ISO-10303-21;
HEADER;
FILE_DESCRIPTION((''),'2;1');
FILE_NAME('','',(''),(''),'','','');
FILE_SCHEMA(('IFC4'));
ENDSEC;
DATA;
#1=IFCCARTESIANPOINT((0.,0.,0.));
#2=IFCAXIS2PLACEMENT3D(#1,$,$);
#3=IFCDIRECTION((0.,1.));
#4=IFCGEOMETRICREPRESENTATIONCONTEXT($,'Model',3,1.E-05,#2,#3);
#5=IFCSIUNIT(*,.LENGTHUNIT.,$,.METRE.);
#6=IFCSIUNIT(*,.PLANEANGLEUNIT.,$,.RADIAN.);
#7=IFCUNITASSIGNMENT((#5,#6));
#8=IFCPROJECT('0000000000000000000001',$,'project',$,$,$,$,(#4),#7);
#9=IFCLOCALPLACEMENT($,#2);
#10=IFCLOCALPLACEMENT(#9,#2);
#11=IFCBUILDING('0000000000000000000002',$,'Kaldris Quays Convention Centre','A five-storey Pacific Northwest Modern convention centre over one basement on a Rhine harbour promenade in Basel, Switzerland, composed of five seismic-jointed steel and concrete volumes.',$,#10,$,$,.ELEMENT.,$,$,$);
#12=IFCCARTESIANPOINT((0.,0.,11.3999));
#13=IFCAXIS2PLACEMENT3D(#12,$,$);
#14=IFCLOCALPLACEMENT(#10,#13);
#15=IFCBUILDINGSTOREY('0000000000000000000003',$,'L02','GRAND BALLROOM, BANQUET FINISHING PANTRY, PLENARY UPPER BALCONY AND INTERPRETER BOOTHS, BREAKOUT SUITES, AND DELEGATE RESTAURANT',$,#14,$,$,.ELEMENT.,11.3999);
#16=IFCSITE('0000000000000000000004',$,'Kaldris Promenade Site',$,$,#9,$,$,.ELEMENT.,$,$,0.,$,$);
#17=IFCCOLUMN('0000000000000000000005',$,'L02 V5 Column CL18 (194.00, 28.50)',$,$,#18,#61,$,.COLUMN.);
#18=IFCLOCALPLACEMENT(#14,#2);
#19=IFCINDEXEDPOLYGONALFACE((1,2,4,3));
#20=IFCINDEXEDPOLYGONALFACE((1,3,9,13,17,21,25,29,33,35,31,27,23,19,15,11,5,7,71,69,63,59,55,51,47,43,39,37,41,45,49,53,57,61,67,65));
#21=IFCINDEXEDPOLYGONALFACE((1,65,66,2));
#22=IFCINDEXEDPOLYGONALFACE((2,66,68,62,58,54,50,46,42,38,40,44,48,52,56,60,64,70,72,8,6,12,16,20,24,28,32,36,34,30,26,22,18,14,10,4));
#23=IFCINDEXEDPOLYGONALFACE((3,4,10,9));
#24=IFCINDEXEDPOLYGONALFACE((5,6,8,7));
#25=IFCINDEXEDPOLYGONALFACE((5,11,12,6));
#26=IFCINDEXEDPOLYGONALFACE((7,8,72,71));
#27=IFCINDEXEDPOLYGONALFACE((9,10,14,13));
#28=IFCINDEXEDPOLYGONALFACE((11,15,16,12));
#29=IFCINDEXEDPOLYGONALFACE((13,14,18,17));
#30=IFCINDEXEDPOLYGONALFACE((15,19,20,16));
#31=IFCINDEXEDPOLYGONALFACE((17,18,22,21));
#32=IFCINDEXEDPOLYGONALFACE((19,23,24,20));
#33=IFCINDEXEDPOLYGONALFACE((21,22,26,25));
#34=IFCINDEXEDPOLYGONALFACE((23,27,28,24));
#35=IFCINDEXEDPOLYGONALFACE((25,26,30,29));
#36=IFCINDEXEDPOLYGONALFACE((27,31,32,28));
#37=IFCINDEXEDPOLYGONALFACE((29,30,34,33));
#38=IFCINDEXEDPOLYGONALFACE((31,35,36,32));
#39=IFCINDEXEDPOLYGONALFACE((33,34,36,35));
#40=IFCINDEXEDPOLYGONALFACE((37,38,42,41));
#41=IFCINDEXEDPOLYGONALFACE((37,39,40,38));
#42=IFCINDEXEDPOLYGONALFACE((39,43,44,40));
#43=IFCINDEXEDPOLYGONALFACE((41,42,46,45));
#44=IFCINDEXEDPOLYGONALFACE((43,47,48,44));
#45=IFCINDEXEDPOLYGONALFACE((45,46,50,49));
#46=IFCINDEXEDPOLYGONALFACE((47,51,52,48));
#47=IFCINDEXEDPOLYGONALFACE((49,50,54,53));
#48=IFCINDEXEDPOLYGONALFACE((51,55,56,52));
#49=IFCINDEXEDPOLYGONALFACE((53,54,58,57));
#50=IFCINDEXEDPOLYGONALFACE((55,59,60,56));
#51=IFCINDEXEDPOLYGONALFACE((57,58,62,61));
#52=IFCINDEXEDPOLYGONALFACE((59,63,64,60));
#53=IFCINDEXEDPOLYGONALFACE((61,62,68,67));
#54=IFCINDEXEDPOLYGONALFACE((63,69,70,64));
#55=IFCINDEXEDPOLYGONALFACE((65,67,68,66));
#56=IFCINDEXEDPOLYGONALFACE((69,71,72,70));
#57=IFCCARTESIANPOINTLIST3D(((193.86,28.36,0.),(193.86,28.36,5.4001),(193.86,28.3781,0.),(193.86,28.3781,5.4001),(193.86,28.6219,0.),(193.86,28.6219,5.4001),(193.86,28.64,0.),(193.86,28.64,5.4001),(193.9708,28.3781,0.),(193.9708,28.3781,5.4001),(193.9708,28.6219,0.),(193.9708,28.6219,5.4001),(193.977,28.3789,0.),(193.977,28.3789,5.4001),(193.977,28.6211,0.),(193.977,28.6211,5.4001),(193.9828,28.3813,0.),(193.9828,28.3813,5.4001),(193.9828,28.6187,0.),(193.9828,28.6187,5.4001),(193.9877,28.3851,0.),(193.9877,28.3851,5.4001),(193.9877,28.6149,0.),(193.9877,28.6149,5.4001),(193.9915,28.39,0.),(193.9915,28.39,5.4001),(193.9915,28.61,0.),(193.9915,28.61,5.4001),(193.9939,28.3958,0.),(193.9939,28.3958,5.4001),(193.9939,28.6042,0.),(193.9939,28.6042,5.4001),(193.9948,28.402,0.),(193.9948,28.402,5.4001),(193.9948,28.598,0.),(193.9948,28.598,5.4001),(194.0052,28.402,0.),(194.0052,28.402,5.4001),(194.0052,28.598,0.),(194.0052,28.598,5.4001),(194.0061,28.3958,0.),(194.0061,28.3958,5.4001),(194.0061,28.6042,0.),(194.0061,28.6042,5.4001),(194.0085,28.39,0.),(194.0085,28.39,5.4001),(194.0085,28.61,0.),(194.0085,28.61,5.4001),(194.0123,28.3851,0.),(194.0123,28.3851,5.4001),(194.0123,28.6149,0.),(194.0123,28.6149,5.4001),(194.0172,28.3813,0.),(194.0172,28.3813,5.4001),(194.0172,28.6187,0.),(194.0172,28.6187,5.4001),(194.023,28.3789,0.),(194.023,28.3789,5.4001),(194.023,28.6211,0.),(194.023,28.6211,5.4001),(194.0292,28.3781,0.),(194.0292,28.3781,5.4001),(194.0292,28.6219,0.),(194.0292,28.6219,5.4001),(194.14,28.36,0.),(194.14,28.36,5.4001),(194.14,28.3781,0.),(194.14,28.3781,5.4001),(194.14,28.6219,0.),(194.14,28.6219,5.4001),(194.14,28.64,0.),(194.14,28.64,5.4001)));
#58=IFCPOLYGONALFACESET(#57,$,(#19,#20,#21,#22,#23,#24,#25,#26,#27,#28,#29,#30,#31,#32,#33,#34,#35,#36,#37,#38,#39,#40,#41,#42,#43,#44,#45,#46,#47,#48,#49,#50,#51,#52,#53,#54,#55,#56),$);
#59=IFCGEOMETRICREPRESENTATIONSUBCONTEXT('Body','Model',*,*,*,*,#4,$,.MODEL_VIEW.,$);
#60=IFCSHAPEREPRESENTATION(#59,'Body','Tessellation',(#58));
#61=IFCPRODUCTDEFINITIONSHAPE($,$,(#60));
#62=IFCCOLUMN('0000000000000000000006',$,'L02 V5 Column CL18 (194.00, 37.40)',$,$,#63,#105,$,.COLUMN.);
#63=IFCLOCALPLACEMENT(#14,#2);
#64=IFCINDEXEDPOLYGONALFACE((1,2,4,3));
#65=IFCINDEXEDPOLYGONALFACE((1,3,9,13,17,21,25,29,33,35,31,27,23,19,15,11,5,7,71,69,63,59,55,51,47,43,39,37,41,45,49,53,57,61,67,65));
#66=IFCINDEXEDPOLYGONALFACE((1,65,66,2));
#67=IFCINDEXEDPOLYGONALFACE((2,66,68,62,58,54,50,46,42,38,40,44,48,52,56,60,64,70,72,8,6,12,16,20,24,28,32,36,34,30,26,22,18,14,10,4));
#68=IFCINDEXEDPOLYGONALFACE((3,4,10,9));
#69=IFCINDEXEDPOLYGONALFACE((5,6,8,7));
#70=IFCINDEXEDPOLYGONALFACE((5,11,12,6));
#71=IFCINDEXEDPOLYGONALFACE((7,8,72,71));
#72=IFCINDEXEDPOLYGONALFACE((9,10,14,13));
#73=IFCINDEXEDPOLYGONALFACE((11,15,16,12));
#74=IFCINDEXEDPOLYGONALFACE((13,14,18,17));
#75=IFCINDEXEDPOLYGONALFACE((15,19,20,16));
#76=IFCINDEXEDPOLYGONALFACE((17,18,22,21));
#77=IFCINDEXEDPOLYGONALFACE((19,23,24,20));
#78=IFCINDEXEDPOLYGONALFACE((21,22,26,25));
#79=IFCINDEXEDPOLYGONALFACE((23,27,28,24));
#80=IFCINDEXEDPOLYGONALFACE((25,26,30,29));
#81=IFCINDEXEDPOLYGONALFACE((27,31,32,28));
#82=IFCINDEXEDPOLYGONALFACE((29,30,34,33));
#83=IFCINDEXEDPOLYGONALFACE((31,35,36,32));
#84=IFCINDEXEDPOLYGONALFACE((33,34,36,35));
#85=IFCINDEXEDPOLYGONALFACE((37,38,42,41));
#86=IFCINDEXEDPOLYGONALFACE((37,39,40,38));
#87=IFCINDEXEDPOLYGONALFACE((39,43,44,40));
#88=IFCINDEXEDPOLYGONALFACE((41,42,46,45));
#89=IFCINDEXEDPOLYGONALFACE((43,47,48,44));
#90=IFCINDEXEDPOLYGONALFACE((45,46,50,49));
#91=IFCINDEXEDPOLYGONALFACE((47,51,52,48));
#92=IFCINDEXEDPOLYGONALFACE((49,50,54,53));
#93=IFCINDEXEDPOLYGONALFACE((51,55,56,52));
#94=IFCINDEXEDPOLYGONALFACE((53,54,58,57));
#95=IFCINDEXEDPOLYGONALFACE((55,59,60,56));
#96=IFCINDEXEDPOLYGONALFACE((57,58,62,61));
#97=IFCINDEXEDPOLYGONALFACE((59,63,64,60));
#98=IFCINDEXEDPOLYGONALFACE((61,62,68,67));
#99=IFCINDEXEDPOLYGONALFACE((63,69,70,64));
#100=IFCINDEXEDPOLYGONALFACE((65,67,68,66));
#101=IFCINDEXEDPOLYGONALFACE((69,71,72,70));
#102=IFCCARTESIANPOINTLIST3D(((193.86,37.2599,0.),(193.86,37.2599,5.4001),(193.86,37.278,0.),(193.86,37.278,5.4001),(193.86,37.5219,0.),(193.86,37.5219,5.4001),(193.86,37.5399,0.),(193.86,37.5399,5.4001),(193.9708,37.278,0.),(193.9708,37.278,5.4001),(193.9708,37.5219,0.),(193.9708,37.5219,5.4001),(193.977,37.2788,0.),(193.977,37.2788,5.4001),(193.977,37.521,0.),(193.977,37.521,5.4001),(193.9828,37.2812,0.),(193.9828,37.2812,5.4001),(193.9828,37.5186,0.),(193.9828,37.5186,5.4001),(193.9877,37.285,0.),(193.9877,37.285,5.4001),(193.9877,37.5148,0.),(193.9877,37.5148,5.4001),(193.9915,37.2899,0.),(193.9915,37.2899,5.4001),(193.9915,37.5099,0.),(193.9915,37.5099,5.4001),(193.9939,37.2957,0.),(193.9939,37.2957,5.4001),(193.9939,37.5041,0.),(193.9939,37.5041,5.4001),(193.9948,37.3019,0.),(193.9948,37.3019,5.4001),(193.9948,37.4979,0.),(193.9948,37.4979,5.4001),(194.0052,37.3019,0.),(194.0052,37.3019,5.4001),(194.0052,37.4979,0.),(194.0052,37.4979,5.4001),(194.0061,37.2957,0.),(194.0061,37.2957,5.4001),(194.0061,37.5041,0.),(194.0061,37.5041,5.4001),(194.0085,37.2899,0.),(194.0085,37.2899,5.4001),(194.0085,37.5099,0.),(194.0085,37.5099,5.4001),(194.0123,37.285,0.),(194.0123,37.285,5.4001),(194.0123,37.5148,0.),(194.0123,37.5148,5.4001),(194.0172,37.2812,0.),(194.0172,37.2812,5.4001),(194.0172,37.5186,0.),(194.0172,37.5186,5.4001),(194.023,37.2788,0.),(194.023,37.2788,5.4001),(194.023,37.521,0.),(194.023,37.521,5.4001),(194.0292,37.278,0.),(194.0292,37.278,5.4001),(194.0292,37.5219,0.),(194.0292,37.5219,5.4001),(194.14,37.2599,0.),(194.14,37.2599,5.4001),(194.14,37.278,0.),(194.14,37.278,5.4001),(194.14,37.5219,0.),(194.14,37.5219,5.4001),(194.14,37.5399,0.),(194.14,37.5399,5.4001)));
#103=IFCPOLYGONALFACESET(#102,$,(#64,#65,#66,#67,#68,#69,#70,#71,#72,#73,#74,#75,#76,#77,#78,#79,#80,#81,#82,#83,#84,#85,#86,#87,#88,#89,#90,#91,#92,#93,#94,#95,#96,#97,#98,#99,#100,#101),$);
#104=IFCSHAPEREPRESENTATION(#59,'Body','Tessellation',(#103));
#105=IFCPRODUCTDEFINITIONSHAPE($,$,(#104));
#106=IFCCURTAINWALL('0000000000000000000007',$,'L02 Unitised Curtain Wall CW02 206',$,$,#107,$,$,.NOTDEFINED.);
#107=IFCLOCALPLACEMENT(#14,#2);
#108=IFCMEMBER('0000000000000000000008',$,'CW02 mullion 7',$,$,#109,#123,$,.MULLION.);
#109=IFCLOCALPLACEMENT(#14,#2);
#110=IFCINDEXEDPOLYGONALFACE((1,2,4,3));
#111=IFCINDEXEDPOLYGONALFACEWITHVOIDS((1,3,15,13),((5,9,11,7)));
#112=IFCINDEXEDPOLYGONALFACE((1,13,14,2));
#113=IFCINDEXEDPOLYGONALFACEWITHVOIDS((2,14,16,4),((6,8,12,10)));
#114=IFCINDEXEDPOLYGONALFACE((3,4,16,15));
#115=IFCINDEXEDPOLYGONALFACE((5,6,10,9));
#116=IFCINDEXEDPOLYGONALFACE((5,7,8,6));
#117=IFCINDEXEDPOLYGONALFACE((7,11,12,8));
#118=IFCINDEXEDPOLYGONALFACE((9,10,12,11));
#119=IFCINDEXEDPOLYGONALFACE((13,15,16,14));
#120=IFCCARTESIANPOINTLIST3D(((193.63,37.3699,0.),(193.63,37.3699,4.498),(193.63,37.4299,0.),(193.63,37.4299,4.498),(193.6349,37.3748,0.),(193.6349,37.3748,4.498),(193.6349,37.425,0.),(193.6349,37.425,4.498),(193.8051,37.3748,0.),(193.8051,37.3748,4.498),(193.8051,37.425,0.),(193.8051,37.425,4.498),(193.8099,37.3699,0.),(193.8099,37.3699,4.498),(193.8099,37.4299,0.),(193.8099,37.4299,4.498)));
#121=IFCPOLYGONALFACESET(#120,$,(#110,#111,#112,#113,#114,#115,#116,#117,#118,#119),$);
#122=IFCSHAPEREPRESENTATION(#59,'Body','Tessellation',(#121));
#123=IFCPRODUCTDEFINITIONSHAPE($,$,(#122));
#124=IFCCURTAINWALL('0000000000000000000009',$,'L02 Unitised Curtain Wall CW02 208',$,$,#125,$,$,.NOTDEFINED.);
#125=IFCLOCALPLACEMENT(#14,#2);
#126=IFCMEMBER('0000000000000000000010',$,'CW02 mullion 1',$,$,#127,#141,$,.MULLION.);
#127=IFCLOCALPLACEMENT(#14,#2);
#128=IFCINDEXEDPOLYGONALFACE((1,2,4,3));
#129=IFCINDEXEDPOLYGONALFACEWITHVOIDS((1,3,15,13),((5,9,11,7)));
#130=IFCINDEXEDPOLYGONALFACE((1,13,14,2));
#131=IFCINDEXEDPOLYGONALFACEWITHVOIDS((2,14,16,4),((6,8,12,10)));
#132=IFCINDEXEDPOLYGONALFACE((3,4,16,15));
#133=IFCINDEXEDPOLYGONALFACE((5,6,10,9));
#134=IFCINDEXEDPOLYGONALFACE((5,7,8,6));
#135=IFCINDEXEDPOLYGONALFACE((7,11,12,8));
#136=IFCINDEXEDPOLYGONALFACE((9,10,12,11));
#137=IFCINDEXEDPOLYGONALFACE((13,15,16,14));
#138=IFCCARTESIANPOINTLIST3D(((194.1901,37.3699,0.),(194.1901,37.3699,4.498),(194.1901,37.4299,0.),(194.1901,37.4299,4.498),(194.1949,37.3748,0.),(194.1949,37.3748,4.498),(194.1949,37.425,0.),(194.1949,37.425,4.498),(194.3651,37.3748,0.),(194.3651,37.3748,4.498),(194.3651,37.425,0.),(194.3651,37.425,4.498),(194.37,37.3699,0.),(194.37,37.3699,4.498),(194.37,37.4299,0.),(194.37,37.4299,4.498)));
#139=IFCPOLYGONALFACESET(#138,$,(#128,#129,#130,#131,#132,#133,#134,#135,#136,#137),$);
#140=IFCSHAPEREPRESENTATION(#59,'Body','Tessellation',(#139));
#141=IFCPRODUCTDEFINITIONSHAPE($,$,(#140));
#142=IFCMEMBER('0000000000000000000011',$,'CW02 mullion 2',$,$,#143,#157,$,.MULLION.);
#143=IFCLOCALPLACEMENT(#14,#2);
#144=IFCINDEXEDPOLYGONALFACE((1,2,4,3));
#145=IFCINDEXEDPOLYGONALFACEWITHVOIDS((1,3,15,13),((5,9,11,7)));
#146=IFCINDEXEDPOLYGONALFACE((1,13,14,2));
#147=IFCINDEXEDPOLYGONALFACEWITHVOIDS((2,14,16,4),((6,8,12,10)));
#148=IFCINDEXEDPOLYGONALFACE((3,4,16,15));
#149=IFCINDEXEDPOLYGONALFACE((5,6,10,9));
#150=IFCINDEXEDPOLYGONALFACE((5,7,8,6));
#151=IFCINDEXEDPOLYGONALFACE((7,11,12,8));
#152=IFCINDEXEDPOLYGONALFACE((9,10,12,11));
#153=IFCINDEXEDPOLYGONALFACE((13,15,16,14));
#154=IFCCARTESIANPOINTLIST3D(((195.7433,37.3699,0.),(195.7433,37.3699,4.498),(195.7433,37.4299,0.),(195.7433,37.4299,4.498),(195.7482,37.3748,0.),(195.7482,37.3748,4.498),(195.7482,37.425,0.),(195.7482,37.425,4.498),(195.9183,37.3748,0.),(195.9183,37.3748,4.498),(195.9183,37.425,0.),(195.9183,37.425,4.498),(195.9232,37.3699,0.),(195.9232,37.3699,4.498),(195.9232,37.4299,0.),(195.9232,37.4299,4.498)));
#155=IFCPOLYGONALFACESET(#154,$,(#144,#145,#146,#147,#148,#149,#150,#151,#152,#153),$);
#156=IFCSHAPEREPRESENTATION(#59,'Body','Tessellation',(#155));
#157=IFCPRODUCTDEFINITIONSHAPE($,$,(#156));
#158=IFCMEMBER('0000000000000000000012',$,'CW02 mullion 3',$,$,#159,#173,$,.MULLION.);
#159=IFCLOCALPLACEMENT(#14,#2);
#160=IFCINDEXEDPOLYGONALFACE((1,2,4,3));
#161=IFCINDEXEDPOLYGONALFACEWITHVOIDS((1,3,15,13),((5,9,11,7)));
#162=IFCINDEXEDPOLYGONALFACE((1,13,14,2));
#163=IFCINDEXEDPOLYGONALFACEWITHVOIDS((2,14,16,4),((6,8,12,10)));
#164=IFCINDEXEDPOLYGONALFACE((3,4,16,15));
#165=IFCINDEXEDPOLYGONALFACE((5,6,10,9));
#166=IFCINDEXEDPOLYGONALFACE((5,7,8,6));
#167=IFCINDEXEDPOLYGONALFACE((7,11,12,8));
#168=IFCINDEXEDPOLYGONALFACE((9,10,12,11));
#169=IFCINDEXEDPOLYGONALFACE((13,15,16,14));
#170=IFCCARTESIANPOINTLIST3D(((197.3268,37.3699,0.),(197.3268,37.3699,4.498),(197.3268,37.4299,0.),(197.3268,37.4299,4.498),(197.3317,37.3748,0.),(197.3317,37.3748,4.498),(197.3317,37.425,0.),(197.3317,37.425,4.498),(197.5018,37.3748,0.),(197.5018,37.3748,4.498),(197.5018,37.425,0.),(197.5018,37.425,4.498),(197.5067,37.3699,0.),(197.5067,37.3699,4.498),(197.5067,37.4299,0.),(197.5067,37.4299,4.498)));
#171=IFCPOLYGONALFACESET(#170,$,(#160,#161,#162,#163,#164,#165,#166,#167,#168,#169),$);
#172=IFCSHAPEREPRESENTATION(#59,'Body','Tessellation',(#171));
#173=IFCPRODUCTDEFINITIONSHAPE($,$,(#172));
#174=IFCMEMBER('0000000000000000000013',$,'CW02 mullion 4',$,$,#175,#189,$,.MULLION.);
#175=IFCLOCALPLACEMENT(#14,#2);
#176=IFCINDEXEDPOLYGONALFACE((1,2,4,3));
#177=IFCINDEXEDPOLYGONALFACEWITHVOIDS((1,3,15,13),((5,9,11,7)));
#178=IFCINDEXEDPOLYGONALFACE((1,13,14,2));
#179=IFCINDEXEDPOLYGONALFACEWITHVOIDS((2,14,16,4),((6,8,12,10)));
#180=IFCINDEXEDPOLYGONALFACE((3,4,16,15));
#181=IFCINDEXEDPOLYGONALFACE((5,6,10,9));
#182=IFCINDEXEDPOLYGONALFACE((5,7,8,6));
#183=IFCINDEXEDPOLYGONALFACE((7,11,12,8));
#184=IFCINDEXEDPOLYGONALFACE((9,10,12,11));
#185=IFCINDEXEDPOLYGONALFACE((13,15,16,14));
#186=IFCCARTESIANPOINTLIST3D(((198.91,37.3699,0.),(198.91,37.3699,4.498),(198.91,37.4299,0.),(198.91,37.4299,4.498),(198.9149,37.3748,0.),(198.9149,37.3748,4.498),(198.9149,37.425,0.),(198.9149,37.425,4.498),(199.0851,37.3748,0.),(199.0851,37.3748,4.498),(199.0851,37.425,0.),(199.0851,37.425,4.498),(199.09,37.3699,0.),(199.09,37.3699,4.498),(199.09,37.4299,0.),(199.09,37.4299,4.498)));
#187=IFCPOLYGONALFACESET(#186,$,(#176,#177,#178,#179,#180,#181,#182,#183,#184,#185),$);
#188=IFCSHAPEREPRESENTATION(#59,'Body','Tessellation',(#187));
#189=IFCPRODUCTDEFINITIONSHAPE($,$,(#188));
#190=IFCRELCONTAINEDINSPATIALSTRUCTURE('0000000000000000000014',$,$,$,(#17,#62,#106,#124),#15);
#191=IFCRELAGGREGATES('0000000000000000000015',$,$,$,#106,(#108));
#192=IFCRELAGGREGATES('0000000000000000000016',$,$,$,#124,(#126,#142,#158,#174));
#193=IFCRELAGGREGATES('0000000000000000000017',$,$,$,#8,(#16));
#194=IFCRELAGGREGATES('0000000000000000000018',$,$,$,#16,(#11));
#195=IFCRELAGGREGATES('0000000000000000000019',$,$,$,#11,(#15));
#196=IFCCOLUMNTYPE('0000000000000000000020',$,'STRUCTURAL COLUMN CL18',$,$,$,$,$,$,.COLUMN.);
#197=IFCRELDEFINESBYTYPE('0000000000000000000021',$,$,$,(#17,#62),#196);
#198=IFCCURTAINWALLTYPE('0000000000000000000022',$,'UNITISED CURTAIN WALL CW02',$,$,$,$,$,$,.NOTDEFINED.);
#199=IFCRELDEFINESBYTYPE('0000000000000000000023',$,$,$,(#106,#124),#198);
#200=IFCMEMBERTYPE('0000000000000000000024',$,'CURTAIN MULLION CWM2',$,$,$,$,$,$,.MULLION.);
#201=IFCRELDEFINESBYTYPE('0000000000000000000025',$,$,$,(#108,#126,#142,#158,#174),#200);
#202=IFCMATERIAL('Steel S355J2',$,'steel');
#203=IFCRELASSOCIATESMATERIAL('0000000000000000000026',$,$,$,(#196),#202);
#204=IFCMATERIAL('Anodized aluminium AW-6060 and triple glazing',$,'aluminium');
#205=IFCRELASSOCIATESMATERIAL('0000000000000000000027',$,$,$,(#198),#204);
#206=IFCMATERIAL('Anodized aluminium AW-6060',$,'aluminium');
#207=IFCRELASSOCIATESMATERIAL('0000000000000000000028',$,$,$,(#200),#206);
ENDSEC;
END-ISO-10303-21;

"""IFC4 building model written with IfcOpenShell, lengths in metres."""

from ifc_helpers import new_model, si_unit, direction, frame, origin, origin_2d, place, context, subcontext, project, spatial, hollow_rectangle, i_section, extrude, material, material_profile, profile_set, type_object, element, aggregate, save


model = new_model("IFC4")

# Units and contexts
model_context = context("Model", 3, precision=1e-05, world=origin(), true_north=direction((0.0, 1.0)))
body_context = subcontext(model_context, "Body", "Model", "MODEL_VIEW")
ifc_project = project(units=[si_unit("LENGTHUNIT", "METRE"), si_unit("PLANEANGLEUNIT", "RADIAN")], contexts=[model_context])

# Site, building, storey
site_placement = place(None, origin())
site = spatial("IfcSite", under=ifc_project, at=site_placement, Name="Kaldris Promenade Site", CompositionType="ELEMENT", RefElevation=0.0)
building_placement = place(site_placement, origin())
building = spatial("IfcBuilding", under=site, at=building_placement, Name="Kaldris Quays Convention Centre", Description="A five-storey Pacific Northwest Modern convention centre over one basement on a Rhine harbour promenade in Basel, Switzerland, composed of five seismic-jointed steel and concrete volumes.", CompositionType="ELEMENT")
storey_placement = place(building_placement, frame((0.0, 0.0, 11.3999)))
storey = spatial("IfcBuildingStorey", under=building, at=storey_placement, Name="L02", Description="GRAND BALLROOM, BANQUET FINISHING PANTRY, PLENARY UPPER BALCONY AND INTERPRETER BOOTHS, BREAKOUT SUITES, AND DELEGATE RESTAURANT", CompositionType="ELEMENT", Elevation=11.3999)

# Columns
ifc_material_1 = material(Name="Steel S355J2", Category="steel")
ifc_material_profile_1 = material_profile(ifc_material_1, i_section(OverallWidth=0.28, OverallDepth=0.28, WebThickness=0.0105, FlangeThickness=0.0181, FilletRadius=0.0239, at=origin_2d()), Name="HEB 280")
ifc_profile_set_1 = profile_set([ifc_material_profile_1], Name="Steel S355J2")
column_type = type_object("IfcColumnType", Name="STRUCTURAL COLUMN CL18", PredefinedType="COLUMN", material=ifc_profile_set_1)
for number, where, z_axis, x_axis, name in (
    (1, (194.0, 28.5, 0.0), (0.0, 0.0, 1.0), (1.0, 0.0, 0.0), "L02 V5 Column CL18 (194.00, 28.50)"),
    (2, (194.0, 37.3999, 0.0), (0.0, 0.0, 1.0), (1.0, 0.0, 0.0), "L02 V5 Column CL18 (194.00, 37.40)"),
):
    element("IfcColumn", number, at=place(storey_placement, frame(where, z_axis=z_axis, x_axis=x_axis)), inside=storey, type_object=column_type, Name=name, PredefinedType="COLUMN", context=body_context, shape_type="SweptSolid", body=[
        extrude(i_section(OverallWidth=0.28, OverallDepth=0.28, WebThickness=0.0105, FlangeThickness=0.0181, FilletRadius=0.0239, at=origin_2d()), origin(), (0.0, 0.0, 1.0), 5.4001),
    ])

# Curtain wall, member
ifc_material_2 = material(Name="Anodized aluminium AW-6060 and triple glazing", Category="aluminium")
curtain_wall_type = type_object("IfcCurtainWallType", Name="UNITISED CURTAIN WALL CW02", PredefinedType="NOTDEFINED", material=ifc_material_2)
curtain_wall_1_placement = place(storey_placement, origin())
curtain_wall_1 = element("IfcCurtainWall", 3, at=curtain_wall_1_placement, inside=storey, type_object=curtain_wall_type, Name="L02 Unitised Curtain Wall CW02 206", PredefinedType="NOTDEFINED")
ifc_material_3 = material(Name="Anodized aluminium AW-6060", Category="aluminium")
ifc_material_profile_2 = material_profile(ifc_material_3, hollow_rectangle(XDim=0.0601, YDim=0.1799, WallThickness=0.0049, at=origin_2d()), Name="RHS 180x60x5")
ifc_profile_set_2 = profile_set([ifc_material_profile_2], Name="Anodized aluminium AW-6060")
member_type_1 = type_object("IfcMemberType", Name="CURTAIN MULLION CWM2", PredefinedType="MULLION", material=ifc_profile_set_2)
member_1_placement = place(storey_placement, frame((193.72, 37.3999, 0.0), z_axis=(0.0, 0.0, 1.0), x_axis=(0.0, 1.0, 0.0)))
member_1 = element("IfcMember", 4, at=member_1_placement, type_object=member_type_1, Name="CW02 mullion 7", PredefinedType="MULLION", context=body_context, shape_type="SweptSolid", body=[
    extrude(hollow_rectangle(XDim=0.0601, YDim=0.1799, WallThickness=0.0049, at=origin_2d()), origin(), (0.0, 0.0, 1.0), 4.498),
])
aggregate(curtain_wall_1, [member_1])

# Curtain wall, members
curtain_wall_2_placement = place(storey_placement, origin())
curtain_wall_2 = element("IfcCurtainWall", 5, at=curtain_wall_2_placement, inside=storey, type_object=curtain_wall_type, Name="L02 Unitised Curtain Wall CW02 208", PredefinedType="NOTDEFINED")
member_2_placement = place(storey_placement, frame((194.28, 37.3999, 0.0), z_axis=(0.0, 0.0, 1.0), x_axis=(0.0, 1.0, 0.0)))
member_2 = element("IfcMember", 6, at=member_2_placement, type_object=member_type_1, Name="CW02 mullion 1", PredefinedType="MULLION", context=body_context, shape_type="SweptSolid", body=[
    extrude(hollow_rectangle(XDim=0.0601, YDim=0.1799, WallThickness=0.0049, at=origin_2d()), origin(), (0.0, 0.0, 1.0), 4.498),
])
member_3_placement = place(storey_placement, frame((195.8333, 37.3999, 0.0), z_axis=(0.0, 0.0, 1.0), x_axis=(0.0, 1.0, 0.0)))
member_3 = element("IfcMember", 7, at=member_3_placement, type_object=member_type_1, Name="CW02 mullion 2", PredefinedType="MULLION", context=body_context, shape_type="SweptSolid", body=[
    extrude(hollow_rectangle(XDim=0.0601, YDim=0.1799, WallThickness=0.0049, at=origin_2d()), origin(), (0.0, 0.0, 1.0), 4.498),
])
member_4_placement = place(storey_placement, frame((197.4167, 37.3999, 0.0), z_axis=(0.0, 0.0, 1.0), x_axis=(0.0, 1.0, 0.0)))
member_4 = element("IfcMember", 8, at=member_4_placement, type_object=member_type_1, Name="CW02 mullion 3", PredefinedType="MULLION", context=body_context, shape_type="SweptSolid", body=[
    extrude(hollow_rectangle(XDim=0.0601, YDim=0.1799, WallThickness=0.0049, at=origin_2d()), origin(), (0.0, 0.0, 1.0), 4.498),
])
member_5_placement = place(storey_placement, frame((199.0, 37.3999, 0.0), z_axis=(0.0, 0.0, 1.0), x_axis=(0.0, 1.0, 0.0)))
member_5 = element("IfcMember", 9, at=member_5_placement, type_object=member_type_1, Name="CW02 mullion 4", PredefinedType="MULLION", context=body_context, shape_type="SweptSolid", body=[
    extrude(hollow_rectangle(XDim=0.0601, YDim=0.1799, WallThickness=0.0049, at=origin_2d()), origin(), (0.0, 0.0, 1.0), 4.498),
])

aggregate(curtain_wall_2, [member_2, member_3, member_4, member_5])

save(model, "model.ifc")
